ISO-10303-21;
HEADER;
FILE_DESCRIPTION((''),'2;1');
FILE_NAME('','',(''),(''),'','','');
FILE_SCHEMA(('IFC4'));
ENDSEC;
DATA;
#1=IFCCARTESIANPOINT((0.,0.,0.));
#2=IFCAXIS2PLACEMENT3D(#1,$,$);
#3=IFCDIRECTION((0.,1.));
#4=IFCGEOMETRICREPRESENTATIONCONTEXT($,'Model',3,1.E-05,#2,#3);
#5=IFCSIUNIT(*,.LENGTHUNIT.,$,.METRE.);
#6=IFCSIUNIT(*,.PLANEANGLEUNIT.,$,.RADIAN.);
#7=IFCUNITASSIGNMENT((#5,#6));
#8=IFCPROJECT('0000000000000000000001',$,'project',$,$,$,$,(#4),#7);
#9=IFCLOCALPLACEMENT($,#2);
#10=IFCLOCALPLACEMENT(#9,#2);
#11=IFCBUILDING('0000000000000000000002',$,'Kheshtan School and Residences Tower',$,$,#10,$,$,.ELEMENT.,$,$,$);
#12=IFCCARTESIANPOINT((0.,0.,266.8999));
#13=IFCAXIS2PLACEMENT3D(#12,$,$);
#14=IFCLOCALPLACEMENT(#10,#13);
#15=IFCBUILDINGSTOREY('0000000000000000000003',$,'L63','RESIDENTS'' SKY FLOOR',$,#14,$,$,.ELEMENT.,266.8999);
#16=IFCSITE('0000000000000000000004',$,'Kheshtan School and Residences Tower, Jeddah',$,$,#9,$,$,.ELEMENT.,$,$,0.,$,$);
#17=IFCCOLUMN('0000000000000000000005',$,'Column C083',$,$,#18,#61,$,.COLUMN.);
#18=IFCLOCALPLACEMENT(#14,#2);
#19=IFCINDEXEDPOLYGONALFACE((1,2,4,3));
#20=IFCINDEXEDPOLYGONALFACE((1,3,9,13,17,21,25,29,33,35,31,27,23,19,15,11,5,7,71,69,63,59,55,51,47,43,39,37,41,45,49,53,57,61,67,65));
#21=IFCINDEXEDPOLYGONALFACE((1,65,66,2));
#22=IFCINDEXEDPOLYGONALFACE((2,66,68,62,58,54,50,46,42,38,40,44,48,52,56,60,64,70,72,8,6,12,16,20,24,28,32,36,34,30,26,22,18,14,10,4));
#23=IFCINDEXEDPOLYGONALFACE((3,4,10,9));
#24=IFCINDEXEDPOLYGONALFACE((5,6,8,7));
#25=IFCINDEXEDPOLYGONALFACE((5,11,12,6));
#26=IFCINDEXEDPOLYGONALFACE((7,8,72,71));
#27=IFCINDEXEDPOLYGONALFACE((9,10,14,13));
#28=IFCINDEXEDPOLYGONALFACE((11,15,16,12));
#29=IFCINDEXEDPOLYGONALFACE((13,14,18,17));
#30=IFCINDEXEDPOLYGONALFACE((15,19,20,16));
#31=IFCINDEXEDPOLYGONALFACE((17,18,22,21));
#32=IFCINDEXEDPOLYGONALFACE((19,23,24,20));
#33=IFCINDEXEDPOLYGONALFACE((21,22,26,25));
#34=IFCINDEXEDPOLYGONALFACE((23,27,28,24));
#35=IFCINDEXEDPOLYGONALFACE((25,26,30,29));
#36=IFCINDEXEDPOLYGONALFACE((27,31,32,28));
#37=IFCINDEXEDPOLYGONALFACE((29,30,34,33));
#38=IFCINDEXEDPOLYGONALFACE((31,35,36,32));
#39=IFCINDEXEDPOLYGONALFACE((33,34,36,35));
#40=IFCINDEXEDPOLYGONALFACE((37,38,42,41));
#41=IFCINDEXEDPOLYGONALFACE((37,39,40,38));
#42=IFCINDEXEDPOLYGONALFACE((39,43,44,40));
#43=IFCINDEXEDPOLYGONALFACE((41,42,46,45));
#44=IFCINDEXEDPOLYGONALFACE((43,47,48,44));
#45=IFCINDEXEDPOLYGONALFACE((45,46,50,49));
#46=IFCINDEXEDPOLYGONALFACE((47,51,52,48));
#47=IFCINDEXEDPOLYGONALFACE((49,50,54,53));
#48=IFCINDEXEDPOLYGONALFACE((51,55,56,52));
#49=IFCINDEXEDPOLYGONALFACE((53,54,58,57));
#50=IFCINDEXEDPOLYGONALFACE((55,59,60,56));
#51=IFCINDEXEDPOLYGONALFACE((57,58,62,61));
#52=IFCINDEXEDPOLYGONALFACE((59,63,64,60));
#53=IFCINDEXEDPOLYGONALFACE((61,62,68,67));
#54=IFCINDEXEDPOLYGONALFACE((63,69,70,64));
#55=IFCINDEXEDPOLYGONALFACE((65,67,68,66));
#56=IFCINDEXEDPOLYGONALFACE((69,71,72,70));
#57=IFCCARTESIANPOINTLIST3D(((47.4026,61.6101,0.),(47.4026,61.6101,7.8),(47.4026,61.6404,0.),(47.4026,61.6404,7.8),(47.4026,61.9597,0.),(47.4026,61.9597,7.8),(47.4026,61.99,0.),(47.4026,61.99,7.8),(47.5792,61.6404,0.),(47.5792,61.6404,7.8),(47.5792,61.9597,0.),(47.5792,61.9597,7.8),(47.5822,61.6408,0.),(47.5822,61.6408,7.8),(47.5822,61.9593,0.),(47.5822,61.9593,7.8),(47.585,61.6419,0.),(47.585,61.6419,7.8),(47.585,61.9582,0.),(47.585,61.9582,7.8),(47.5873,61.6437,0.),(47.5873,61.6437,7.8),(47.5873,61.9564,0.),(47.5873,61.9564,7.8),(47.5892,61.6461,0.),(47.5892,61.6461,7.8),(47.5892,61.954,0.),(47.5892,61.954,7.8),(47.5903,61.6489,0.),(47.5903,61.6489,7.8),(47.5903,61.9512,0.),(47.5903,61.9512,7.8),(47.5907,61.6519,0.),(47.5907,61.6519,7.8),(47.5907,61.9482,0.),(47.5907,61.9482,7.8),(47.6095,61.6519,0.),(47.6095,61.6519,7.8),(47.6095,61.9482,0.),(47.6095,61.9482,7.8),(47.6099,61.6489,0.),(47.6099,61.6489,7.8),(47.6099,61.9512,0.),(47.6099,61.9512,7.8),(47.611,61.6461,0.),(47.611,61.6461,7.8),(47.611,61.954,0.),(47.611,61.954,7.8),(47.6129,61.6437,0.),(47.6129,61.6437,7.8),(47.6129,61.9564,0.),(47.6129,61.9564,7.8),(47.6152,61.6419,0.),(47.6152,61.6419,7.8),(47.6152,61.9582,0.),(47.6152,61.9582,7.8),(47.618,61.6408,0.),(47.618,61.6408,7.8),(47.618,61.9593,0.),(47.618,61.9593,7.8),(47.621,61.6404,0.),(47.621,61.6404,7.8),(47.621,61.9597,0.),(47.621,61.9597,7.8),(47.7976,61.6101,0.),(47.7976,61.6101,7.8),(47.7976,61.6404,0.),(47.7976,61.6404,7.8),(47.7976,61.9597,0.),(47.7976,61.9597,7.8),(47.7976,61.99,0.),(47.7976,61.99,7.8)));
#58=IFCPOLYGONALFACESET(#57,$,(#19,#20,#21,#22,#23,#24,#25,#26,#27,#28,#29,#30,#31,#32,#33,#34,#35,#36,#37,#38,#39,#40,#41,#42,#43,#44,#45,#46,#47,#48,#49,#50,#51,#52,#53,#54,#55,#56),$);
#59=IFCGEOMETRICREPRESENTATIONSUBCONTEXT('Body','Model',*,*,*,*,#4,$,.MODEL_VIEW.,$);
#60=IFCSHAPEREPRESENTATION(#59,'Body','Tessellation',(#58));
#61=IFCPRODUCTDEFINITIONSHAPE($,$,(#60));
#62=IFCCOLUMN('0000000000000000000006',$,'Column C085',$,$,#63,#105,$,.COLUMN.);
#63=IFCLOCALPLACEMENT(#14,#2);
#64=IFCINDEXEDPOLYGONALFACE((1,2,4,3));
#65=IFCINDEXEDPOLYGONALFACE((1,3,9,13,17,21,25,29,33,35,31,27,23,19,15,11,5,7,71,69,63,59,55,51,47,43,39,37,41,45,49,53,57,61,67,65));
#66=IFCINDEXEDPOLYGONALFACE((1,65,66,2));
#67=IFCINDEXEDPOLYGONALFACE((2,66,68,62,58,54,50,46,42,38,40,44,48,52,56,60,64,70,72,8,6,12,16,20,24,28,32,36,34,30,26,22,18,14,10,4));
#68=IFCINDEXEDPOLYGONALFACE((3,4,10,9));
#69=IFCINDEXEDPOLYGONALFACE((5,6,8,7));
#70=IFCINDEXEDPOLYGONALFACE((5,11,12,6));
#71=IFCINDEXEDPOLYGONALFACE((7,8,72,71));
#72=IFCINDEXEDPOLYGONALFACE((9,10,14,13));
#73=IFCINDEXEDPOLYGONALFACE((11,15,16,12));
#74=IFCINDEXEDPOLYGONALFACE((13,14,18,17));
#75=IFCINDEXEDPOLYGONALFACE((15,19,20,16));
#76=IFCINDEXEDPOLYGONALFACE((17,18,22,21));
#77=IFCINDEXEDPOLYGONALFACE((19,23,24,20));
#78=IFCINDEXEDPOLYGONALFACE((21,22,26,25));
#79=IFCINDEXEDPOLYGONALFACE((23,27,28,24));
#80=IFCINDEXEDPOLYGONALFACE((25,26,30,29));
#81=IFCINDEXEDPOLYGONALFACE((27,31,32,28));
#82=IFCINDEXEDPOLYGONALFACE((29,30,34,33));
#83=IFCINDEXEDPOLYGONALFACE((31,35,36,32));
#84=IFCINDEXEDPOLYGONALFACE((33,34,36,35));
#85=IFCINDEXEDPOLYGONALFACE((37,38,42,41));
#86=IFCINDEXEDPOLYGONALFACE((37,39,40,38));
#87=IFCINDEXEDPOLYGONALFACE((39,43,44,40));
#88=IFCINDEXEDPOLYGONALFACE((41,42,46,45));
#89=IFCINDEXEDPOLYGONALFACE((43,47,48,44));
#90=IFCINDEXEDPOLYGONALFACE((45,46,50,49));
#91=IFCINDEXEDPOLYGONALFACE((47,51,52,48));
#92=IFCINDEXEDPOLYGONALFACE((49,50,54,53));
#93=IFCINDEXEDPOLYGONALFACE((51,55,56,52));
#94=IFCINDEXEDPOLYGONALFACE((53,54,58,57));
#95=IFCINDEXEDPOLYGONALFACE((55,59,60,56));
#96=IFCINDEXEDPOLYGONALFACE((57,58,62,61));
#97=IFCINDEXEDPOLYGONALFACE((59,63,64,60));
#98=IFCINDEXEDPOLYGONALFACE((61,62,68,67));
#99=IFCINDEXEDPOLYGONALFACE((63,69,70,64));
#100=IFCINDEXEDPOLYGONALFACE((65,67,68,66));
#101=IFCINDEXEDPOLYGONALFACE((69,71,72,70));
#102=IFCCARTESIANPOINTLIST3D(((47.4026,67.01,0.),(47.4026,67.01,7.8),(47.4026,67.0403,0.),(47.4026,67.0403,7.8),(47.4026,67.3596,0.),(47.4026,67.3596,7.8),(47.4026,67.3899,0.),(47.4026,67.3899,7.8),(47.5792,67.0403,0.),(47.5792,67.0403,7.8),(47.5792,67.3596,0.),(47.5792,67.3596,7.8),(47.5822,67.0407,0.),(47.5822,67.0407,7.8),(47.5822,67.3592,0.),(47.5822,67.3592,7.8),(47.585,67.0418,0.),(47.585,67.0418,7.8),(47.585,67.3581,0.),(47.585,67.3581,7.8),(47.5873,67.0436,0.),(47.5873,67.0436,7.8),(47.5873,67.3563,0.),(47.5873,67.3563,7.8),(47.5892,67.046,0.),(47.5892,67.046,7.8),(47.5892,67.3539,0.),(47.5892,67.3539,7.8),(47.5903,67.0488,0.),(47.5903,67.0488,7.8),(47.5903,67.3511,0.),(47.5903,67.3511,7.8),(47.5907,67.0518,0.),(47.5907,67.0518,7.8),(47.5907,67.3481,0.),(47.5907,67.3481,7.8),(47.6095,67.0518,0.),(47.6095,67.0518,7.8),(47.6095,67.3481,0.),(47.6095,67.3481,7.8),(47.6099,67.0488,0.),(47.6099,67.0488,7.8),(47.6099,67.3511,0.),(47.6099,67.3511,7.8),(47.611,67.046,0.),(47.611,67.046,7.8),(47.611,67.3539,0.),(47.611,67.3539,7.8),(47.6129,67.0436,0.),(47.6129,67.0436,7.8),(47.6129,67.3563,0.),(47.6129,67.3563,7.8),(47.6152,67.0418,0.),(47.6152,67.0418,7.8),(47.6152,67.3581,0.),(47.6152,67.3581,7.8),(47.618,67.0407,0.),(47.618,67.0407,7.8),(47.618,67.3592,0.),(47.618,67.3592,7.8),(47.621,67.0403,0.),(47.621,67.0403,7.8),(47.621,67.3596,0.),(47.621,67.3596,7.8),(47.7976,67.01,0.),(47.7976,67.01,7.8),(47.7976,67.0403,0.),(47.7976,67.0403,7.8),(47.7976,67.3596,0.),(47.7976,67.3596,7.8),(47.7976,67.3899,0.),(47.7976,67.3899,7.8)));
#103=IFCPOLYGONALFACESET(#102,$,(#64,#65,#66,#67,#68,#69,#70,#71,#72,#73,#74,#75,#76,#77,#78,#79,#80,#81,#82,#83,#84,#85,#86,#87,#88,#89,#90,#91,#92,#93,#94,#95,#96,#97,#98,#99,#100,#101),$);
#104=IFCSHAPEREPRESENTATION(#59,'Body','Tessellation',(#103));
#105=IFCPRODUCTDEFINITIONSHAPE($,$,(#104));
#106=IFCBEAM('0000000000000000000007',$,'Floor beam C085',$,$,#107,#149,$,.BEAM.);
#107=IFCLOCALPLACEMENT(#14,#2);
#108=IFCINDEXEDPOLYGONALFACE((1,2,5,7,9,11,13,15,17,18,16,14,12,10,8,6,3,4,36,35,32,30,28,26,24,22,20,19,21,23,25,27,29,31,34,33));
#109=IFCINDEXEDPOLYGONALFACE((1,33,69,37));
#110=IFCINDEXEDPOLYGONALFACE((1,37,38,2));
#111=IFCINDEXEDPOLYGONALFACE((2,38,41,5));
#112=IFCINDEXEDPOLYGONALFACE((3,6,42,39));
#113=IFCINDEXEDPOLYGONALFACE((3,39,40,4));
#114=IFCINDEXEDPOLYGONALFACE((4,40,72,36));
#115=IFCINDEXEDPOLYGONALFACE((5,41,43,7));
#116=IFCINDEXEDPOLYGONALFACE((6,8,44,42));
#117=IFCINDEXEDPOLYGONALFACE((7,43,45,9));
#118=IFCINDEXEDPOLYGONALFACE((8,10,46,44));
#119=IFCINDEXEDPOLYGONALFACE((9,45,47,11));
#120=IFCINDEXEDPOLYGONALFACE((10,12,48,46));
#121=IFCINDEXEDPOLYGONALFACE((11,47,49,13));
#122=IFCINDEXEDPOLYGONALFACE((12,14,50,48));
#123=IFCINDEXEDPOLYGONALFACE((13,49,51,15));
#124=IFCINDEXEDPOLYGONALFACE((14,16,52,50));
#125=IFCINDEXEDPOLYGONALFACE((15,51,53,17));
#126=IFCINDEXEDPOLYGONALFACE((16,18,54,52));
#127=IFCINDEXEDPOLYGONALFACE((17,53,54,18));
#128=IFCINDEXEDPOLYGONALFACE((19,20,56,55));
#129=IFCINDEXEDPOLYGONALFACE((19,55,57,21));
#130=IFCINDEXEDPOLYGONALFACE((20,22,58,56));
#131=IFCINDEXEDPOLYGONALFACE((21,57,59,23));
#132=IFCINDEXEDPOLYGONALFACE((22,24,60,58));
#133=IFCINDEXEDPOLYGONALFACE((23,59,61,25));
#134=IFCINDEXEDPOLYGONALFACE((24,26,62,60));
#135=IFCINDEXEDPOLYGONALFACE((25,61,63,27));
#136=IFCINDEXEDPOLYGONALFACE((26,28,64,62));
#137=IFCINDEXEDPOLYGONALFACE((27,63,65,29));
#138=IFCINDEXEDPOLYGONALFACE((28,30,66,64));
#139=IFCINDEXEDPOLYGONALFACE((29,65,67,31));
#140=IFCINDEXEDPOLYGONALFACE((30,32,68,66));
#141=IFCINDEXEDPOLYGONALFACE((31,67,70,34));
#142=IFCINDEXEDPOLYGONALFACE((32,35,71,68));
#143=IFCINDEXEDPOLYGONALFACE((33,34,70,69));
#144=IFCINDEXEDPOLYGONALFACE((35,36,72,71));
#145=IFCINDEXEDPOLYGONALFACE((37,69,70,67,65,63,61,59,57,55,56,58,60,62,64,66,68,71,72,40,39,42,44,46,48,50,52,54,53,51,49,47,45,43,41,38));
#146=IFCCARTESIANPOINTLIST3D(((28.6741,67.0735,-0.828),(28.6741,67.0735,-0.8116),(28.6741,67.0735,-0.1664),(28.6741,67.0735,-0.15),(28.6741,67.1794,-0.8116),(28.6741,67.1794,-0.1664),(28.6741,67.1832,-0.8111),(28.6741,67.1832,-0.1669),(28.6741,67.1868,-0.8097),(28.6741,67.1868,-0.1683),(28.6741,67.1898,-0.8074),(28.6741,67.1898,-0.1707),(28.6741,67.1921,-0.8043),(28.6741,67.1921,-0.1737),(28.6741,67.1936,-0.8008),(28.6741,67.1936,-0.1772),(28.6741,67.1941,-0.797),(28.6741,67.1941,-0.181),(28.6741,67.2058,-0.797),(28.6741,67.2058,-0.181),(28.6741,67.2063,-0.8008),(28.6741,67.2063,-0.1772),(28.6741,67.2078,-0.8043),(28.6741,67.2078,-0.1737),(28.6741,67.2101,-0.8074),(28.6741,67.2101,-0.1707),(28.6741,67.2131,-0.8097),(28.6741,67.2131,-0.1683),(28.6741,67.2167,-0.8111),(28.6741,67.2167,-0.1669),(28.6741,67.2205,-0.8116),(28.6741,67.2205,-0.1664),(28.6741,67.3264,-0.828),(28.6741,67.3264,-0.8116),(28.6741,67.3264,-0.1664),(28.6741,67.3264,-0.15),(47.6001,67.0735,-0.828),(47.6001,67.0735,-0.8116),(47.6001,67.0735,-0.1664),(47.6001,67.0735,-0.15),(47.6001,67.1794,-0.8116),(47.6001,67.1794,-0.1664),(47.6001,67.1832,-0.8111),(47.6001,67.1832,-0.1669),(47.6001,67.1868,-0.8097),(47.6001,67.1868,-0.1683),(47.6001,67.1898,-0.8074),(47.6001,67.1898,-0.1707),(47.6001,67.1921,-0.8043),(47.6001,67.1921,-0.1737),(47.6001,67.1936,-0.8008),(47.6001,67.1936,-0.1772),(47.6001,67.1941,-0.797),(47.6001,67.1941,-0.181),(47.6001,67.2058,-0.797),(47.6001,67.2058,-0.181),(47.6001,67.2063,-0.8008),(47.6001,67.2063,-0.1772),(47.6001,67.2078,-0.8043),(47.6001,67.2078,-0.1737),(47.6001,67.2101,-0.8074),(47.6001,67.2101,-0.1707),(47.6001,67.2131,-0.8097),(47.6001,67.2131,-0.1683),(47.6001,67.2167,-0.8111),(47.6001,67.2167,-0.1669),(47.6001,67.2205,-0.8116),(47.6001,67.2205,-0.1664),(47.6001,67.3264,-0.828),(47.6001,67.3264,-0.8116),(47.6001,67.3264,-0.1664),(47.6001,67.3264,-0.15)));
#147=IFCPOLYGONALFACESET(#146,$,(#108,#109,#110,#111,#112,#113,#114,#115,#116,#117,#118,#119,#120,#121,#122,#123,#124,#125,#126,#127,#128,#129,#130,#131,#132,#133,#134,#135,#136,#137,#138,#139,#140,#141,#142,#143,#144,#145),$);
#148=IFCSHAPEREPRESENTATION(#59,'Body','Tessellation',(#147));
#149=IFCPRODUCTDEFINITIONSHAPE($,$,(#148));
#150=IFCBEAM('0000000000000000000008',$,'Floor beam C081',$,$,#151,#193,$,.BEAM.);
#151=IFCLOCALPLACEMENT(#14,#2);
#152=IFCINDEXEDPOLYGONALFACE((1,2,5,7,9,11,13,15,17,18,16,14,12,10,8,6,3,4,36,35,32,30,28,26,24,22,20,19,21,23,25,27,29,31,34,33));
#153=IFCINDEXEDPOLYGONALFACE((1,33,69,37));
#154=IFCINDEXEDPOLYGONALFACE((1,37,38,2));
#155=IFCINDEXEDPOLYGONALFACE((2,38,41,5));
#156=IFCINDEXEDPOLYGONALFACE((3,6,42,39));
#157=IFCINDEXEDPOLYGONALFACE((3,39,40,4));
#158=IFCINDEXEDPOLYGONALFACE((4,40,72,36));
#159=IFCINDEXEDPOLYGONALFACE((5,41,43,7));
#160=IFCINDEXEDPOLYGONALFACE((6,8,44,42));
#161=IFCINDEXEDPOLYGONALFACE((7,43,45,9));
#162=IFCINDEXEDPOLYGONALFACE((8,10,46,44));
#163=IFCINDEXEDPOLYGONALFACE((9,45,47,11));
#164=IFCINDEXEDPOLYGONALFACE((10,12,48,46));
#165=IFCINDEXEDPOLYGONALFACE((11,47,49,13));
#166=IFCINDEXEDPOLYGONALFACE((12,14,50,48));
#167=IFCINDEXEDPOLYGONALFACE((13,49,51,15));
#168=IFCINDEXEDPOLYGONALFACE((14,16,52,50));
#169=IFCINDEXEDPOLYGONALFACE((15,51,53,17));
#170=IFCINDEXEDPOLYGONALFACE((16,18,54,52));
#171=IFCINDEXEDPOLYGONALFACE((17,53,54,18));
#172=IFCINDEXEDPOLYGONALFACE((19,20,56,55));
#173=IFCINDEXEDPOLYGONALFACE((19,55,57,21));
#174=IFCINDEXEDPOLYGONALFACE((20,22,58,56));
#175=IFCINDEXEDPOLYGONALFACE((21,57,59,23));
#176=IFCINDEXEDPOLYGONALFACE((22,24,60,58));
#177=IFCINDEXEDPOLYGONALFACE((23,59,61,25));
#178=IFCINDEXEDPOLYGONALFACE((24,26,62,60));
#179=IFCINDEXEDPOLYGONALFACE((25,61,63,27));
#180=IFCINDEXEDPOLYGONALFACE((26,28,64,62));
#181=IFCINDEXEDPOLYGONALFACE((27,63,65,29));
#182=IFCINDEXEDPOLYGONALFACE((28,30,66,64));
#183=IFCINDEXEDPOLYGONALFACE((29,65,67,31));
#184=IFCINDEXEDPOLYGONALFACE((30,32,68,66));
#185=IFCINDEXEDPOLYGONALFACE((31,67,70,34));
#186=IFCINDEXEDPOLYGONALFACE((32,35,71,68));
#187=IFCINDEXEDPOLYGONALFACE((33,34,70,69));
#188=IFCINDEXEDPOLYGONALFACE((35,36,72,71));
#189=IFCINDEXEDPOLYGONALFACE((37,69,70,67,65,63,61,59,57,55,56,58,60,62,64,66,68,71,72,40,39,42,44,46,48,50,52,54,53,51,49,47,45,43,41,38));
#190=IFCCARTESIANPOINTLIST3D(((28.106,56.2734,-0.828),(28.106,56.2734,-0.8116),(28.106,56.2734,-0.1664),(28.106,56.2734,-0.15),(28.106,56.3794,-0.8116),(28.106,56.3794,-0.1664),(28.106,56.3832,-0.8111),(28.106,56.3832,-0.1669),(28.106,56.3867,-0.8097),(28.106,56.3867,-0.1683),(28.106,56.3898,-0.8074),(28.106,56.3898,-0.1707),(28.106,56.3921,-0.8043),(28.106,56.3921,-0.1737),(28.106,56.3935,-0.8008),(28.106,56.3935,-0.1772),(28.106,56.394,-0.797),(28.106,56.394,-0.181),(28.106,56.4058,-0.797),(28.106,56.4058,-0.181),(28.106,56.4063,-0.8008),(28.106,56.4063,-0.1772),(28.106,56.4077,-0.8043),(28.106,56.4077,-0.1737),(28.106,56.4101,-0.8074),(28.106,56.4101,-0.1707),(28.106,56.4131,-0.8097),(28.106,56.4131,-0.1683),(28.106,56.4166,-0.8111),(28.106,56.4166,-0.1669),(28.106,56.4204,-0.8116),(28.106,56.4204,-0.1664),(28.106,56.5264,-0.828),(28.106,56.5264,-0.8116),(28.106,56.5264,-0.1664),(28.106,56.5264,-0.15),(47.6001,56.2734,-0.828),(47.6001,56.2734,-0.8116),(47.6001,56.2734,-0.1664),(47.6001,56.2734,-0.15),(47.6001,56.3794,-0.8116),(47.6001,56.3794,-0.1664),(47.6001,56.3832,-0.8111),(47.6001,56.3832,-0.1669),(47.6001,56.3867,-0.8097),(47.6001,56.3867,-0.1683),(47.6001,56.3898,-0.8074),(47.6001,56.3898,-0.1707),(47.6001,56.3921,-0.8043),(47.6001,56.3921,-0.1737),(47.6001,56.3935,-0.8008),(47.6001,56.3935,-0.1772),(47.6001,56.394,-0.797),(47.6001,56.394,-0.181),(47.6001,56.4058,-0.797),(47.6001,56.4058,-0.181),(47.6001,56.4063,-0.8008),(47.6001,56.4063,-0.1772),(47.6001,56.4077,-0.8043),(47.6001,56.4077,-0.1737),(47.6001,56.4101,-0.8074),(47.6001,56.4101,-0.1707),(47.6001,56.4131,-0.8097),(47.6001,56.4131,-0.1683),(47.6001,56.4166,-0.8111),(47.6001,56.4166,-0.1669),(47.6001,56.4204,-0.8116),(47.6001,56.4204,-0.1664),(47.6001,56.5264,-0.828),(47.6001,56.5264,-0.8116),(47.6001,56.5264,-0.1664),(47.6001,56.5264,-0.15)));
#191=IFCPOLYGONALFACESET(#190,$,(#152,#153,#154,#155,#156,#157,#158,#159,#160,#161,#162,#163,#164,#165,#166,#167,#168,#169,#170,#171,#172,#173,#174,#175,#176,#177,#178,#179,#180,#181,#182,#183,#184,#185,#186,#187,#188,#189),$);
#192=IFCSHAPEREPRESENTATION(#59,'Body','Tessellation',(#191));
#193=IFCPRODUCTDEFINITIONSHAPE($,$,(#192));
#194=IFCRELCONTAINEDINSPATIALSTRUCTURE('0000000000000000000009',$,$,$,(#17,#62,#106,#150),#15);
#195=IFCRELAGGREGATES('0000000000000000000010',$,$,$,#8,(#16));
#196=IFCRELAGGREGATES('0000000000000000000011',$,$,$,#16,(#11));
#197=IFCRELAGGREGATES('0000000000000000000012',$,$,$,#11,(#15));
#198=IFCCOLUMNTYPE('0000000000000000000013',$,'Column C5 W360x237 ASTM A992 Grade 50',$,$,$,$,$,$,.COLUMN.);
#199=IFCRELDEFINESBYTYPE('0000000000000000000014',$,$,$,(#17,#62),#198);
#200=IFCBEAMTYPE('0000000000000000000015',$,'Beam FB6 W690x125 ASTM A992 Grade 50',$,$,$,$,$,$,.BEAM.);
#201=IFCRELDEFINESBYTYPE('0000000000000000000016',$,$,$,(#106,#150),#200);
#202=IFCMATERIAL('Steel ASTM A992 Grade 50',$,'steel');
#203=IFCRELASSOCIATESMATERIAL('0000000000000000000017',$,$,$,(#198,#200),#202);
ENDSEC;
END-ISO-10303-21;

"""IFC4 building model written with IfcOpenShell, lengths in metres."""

from ifc_helpers import new_model, si_unit, direction, frame, origin, origin_2d, place, context, subcontext, project, spatial, i_section, extrude, material, material_profile, profile_set, type_object, element, save


model = new_model("IFC4")

# Units and contexts
model_context = context("Model", 3, precision=1e-05, world=origin(), true_north=direction((0.0, 1.0)))
body_context = subcontext(model_context, "Body", "Model", "MODEL_VIEW")
ifc_project = project(units=[si_unit("LENGTHUNIT", "METRE"), si_unit("PLANEANGLEUNIT", "RADIAN")], contexts=[model_context])

# Site, building, storey
site_placement = place(None, origin())
site = spatial("IfcSite", under=ifc_project, at=site_placement, Name="Kheshtan School and Residences Tower, Jeddah", CompositionType="ELEMENT", RefElevation=0.0)
building_placement = place(site_placement, origin())
building = spatial("IfcBuilding", under=site, at=building_placement, Name="Kheshtan School and Residences Tower", CompositionType="ELEMENT")
storey_placement = place(building_placement, frame((0.0, 0.0, 266.8999)))
storey = spatial("IfcBuildingStorey", under=building, at=storey_placement, Name="L63", Description="RESIDENTS' SKY FLOOR", CompositionType="ELEMENT", Elevation=266.8999)

# Columns
ifc_material_1 = material(Name="Steel ASTM A992 Grade 50", Category="steel")
ifc_material_profile_1 = material_profile(ifc_material_1, i_section(OverallWidth=0.395, OverallDepth=0.3799, WebThickness=0.0188, FlangeThickness=0.0303, FilletRadius=0.0115, at=origin_2d()), Name="W360x237")
ifc_profile_set_1 = profile_set([ifc_material_profile_1], Name="Steel ASTM A992 Grade 50")
column_type = type_object("IfcColumnType", Name="Column C5 W360x237 ASTM A992 Grade 50", PredefinedType="COLUMN", material=ifc_profile_set_1)
for number, where, z_axis, x_axis, name in (
    (1, (47.6001, 61.8, 0.0), (0.0, 0.0, 1.0), (1.0, 0.0, 0.0), "Column C083"),
    (2, (47.6001, 67.2, 0.0), (0.0, 0.0, 1.0), (1.0, 0.0, 0.0), "Column C085"),
):
    element("IfcColumn", number, at=place(storey_placement, frame(where, z_axis=z_axis, x_axis=x_axis)), inside=storey, type_object=column_type, Name=name, PredefinedType="COLUMN", context=body_context, shape_type="SweptSolid", body=[
        extrude(i_section(OverallWidth=0.395, OverallDepth=0.3799, WebThickness=0.0188, FlangeThickness=0.0303, FilletRadius=0.0115, at=origin_2d()), origin(), (0.0, 0.0, 1.0), 7.8),
    ])

# Beams
ifc_material_profile_2 = material_profile(ifc_material_1, i_section(OverallWidth=0.2529, OverallDepth=0.678, WebThickness=0.0117, FlangeThickness=0.0164, FilletRadius=0.0146, at=origin_2d()), Name="W690x125")
ifc_profile_set_2 = profile_set([ifc_material_profile_2], Name="Steel ASTM A992 Grade 50")
beam_type_1 = type_object("IfcBeamType", Name="Beam FB6 W690x125 ASTM A992 Grade 50", PredefinedType="BEAM", material=ifc_profile_set_2)
beam_1_placement = place(storey_placement, frame((47.6001, 67.2, -0.489), z_axis=(-1.0, 0.0, 0.0), x_axis=(0.0, -1.0, 0.0)))
element("IfcBeam", 3, at=beam_1_placement, inside=storey, type_object=beam_type_1, Name="Floor beam C085", PredefinedType="BEAM", context=body_context, shape_type="SweptSolid", body=[
    extrude(i_section(OverallWidth=0.2529, OverallDepth=0.678, WebThickness=0.0117, FlangeThickness=0.0164, FilletRadius=0.0146, at=origin_2d()), origin(), (0.0, 0.0, 1.0), 18.926),
])
beam_2_placement = place(storey_placement, frame((47.6001, 56.3999, -0.489), z_axis=(-1.0, 0.0, 0.0), x_axis=(0.0, -1.0, 0.0)))
element("IfcBeam", 4, at=beam_2_placement, inside=storey, type_object=beam_type_1, Name="Floor beam C081", PredefinedType="BEAM", context=body_context, shape_type="SweptSolid", body=[
    extrude(i_section(OverallWidth=0.2529, OverallDepth=0.678, WebThickness=0.0117, FlangeThickness=0.0164, FilletRadius=0.0146, at=origin_2d()), origin(), (0.0, 0.0, 1.0), 19.4941),
])

save(model, "model.ifc")
